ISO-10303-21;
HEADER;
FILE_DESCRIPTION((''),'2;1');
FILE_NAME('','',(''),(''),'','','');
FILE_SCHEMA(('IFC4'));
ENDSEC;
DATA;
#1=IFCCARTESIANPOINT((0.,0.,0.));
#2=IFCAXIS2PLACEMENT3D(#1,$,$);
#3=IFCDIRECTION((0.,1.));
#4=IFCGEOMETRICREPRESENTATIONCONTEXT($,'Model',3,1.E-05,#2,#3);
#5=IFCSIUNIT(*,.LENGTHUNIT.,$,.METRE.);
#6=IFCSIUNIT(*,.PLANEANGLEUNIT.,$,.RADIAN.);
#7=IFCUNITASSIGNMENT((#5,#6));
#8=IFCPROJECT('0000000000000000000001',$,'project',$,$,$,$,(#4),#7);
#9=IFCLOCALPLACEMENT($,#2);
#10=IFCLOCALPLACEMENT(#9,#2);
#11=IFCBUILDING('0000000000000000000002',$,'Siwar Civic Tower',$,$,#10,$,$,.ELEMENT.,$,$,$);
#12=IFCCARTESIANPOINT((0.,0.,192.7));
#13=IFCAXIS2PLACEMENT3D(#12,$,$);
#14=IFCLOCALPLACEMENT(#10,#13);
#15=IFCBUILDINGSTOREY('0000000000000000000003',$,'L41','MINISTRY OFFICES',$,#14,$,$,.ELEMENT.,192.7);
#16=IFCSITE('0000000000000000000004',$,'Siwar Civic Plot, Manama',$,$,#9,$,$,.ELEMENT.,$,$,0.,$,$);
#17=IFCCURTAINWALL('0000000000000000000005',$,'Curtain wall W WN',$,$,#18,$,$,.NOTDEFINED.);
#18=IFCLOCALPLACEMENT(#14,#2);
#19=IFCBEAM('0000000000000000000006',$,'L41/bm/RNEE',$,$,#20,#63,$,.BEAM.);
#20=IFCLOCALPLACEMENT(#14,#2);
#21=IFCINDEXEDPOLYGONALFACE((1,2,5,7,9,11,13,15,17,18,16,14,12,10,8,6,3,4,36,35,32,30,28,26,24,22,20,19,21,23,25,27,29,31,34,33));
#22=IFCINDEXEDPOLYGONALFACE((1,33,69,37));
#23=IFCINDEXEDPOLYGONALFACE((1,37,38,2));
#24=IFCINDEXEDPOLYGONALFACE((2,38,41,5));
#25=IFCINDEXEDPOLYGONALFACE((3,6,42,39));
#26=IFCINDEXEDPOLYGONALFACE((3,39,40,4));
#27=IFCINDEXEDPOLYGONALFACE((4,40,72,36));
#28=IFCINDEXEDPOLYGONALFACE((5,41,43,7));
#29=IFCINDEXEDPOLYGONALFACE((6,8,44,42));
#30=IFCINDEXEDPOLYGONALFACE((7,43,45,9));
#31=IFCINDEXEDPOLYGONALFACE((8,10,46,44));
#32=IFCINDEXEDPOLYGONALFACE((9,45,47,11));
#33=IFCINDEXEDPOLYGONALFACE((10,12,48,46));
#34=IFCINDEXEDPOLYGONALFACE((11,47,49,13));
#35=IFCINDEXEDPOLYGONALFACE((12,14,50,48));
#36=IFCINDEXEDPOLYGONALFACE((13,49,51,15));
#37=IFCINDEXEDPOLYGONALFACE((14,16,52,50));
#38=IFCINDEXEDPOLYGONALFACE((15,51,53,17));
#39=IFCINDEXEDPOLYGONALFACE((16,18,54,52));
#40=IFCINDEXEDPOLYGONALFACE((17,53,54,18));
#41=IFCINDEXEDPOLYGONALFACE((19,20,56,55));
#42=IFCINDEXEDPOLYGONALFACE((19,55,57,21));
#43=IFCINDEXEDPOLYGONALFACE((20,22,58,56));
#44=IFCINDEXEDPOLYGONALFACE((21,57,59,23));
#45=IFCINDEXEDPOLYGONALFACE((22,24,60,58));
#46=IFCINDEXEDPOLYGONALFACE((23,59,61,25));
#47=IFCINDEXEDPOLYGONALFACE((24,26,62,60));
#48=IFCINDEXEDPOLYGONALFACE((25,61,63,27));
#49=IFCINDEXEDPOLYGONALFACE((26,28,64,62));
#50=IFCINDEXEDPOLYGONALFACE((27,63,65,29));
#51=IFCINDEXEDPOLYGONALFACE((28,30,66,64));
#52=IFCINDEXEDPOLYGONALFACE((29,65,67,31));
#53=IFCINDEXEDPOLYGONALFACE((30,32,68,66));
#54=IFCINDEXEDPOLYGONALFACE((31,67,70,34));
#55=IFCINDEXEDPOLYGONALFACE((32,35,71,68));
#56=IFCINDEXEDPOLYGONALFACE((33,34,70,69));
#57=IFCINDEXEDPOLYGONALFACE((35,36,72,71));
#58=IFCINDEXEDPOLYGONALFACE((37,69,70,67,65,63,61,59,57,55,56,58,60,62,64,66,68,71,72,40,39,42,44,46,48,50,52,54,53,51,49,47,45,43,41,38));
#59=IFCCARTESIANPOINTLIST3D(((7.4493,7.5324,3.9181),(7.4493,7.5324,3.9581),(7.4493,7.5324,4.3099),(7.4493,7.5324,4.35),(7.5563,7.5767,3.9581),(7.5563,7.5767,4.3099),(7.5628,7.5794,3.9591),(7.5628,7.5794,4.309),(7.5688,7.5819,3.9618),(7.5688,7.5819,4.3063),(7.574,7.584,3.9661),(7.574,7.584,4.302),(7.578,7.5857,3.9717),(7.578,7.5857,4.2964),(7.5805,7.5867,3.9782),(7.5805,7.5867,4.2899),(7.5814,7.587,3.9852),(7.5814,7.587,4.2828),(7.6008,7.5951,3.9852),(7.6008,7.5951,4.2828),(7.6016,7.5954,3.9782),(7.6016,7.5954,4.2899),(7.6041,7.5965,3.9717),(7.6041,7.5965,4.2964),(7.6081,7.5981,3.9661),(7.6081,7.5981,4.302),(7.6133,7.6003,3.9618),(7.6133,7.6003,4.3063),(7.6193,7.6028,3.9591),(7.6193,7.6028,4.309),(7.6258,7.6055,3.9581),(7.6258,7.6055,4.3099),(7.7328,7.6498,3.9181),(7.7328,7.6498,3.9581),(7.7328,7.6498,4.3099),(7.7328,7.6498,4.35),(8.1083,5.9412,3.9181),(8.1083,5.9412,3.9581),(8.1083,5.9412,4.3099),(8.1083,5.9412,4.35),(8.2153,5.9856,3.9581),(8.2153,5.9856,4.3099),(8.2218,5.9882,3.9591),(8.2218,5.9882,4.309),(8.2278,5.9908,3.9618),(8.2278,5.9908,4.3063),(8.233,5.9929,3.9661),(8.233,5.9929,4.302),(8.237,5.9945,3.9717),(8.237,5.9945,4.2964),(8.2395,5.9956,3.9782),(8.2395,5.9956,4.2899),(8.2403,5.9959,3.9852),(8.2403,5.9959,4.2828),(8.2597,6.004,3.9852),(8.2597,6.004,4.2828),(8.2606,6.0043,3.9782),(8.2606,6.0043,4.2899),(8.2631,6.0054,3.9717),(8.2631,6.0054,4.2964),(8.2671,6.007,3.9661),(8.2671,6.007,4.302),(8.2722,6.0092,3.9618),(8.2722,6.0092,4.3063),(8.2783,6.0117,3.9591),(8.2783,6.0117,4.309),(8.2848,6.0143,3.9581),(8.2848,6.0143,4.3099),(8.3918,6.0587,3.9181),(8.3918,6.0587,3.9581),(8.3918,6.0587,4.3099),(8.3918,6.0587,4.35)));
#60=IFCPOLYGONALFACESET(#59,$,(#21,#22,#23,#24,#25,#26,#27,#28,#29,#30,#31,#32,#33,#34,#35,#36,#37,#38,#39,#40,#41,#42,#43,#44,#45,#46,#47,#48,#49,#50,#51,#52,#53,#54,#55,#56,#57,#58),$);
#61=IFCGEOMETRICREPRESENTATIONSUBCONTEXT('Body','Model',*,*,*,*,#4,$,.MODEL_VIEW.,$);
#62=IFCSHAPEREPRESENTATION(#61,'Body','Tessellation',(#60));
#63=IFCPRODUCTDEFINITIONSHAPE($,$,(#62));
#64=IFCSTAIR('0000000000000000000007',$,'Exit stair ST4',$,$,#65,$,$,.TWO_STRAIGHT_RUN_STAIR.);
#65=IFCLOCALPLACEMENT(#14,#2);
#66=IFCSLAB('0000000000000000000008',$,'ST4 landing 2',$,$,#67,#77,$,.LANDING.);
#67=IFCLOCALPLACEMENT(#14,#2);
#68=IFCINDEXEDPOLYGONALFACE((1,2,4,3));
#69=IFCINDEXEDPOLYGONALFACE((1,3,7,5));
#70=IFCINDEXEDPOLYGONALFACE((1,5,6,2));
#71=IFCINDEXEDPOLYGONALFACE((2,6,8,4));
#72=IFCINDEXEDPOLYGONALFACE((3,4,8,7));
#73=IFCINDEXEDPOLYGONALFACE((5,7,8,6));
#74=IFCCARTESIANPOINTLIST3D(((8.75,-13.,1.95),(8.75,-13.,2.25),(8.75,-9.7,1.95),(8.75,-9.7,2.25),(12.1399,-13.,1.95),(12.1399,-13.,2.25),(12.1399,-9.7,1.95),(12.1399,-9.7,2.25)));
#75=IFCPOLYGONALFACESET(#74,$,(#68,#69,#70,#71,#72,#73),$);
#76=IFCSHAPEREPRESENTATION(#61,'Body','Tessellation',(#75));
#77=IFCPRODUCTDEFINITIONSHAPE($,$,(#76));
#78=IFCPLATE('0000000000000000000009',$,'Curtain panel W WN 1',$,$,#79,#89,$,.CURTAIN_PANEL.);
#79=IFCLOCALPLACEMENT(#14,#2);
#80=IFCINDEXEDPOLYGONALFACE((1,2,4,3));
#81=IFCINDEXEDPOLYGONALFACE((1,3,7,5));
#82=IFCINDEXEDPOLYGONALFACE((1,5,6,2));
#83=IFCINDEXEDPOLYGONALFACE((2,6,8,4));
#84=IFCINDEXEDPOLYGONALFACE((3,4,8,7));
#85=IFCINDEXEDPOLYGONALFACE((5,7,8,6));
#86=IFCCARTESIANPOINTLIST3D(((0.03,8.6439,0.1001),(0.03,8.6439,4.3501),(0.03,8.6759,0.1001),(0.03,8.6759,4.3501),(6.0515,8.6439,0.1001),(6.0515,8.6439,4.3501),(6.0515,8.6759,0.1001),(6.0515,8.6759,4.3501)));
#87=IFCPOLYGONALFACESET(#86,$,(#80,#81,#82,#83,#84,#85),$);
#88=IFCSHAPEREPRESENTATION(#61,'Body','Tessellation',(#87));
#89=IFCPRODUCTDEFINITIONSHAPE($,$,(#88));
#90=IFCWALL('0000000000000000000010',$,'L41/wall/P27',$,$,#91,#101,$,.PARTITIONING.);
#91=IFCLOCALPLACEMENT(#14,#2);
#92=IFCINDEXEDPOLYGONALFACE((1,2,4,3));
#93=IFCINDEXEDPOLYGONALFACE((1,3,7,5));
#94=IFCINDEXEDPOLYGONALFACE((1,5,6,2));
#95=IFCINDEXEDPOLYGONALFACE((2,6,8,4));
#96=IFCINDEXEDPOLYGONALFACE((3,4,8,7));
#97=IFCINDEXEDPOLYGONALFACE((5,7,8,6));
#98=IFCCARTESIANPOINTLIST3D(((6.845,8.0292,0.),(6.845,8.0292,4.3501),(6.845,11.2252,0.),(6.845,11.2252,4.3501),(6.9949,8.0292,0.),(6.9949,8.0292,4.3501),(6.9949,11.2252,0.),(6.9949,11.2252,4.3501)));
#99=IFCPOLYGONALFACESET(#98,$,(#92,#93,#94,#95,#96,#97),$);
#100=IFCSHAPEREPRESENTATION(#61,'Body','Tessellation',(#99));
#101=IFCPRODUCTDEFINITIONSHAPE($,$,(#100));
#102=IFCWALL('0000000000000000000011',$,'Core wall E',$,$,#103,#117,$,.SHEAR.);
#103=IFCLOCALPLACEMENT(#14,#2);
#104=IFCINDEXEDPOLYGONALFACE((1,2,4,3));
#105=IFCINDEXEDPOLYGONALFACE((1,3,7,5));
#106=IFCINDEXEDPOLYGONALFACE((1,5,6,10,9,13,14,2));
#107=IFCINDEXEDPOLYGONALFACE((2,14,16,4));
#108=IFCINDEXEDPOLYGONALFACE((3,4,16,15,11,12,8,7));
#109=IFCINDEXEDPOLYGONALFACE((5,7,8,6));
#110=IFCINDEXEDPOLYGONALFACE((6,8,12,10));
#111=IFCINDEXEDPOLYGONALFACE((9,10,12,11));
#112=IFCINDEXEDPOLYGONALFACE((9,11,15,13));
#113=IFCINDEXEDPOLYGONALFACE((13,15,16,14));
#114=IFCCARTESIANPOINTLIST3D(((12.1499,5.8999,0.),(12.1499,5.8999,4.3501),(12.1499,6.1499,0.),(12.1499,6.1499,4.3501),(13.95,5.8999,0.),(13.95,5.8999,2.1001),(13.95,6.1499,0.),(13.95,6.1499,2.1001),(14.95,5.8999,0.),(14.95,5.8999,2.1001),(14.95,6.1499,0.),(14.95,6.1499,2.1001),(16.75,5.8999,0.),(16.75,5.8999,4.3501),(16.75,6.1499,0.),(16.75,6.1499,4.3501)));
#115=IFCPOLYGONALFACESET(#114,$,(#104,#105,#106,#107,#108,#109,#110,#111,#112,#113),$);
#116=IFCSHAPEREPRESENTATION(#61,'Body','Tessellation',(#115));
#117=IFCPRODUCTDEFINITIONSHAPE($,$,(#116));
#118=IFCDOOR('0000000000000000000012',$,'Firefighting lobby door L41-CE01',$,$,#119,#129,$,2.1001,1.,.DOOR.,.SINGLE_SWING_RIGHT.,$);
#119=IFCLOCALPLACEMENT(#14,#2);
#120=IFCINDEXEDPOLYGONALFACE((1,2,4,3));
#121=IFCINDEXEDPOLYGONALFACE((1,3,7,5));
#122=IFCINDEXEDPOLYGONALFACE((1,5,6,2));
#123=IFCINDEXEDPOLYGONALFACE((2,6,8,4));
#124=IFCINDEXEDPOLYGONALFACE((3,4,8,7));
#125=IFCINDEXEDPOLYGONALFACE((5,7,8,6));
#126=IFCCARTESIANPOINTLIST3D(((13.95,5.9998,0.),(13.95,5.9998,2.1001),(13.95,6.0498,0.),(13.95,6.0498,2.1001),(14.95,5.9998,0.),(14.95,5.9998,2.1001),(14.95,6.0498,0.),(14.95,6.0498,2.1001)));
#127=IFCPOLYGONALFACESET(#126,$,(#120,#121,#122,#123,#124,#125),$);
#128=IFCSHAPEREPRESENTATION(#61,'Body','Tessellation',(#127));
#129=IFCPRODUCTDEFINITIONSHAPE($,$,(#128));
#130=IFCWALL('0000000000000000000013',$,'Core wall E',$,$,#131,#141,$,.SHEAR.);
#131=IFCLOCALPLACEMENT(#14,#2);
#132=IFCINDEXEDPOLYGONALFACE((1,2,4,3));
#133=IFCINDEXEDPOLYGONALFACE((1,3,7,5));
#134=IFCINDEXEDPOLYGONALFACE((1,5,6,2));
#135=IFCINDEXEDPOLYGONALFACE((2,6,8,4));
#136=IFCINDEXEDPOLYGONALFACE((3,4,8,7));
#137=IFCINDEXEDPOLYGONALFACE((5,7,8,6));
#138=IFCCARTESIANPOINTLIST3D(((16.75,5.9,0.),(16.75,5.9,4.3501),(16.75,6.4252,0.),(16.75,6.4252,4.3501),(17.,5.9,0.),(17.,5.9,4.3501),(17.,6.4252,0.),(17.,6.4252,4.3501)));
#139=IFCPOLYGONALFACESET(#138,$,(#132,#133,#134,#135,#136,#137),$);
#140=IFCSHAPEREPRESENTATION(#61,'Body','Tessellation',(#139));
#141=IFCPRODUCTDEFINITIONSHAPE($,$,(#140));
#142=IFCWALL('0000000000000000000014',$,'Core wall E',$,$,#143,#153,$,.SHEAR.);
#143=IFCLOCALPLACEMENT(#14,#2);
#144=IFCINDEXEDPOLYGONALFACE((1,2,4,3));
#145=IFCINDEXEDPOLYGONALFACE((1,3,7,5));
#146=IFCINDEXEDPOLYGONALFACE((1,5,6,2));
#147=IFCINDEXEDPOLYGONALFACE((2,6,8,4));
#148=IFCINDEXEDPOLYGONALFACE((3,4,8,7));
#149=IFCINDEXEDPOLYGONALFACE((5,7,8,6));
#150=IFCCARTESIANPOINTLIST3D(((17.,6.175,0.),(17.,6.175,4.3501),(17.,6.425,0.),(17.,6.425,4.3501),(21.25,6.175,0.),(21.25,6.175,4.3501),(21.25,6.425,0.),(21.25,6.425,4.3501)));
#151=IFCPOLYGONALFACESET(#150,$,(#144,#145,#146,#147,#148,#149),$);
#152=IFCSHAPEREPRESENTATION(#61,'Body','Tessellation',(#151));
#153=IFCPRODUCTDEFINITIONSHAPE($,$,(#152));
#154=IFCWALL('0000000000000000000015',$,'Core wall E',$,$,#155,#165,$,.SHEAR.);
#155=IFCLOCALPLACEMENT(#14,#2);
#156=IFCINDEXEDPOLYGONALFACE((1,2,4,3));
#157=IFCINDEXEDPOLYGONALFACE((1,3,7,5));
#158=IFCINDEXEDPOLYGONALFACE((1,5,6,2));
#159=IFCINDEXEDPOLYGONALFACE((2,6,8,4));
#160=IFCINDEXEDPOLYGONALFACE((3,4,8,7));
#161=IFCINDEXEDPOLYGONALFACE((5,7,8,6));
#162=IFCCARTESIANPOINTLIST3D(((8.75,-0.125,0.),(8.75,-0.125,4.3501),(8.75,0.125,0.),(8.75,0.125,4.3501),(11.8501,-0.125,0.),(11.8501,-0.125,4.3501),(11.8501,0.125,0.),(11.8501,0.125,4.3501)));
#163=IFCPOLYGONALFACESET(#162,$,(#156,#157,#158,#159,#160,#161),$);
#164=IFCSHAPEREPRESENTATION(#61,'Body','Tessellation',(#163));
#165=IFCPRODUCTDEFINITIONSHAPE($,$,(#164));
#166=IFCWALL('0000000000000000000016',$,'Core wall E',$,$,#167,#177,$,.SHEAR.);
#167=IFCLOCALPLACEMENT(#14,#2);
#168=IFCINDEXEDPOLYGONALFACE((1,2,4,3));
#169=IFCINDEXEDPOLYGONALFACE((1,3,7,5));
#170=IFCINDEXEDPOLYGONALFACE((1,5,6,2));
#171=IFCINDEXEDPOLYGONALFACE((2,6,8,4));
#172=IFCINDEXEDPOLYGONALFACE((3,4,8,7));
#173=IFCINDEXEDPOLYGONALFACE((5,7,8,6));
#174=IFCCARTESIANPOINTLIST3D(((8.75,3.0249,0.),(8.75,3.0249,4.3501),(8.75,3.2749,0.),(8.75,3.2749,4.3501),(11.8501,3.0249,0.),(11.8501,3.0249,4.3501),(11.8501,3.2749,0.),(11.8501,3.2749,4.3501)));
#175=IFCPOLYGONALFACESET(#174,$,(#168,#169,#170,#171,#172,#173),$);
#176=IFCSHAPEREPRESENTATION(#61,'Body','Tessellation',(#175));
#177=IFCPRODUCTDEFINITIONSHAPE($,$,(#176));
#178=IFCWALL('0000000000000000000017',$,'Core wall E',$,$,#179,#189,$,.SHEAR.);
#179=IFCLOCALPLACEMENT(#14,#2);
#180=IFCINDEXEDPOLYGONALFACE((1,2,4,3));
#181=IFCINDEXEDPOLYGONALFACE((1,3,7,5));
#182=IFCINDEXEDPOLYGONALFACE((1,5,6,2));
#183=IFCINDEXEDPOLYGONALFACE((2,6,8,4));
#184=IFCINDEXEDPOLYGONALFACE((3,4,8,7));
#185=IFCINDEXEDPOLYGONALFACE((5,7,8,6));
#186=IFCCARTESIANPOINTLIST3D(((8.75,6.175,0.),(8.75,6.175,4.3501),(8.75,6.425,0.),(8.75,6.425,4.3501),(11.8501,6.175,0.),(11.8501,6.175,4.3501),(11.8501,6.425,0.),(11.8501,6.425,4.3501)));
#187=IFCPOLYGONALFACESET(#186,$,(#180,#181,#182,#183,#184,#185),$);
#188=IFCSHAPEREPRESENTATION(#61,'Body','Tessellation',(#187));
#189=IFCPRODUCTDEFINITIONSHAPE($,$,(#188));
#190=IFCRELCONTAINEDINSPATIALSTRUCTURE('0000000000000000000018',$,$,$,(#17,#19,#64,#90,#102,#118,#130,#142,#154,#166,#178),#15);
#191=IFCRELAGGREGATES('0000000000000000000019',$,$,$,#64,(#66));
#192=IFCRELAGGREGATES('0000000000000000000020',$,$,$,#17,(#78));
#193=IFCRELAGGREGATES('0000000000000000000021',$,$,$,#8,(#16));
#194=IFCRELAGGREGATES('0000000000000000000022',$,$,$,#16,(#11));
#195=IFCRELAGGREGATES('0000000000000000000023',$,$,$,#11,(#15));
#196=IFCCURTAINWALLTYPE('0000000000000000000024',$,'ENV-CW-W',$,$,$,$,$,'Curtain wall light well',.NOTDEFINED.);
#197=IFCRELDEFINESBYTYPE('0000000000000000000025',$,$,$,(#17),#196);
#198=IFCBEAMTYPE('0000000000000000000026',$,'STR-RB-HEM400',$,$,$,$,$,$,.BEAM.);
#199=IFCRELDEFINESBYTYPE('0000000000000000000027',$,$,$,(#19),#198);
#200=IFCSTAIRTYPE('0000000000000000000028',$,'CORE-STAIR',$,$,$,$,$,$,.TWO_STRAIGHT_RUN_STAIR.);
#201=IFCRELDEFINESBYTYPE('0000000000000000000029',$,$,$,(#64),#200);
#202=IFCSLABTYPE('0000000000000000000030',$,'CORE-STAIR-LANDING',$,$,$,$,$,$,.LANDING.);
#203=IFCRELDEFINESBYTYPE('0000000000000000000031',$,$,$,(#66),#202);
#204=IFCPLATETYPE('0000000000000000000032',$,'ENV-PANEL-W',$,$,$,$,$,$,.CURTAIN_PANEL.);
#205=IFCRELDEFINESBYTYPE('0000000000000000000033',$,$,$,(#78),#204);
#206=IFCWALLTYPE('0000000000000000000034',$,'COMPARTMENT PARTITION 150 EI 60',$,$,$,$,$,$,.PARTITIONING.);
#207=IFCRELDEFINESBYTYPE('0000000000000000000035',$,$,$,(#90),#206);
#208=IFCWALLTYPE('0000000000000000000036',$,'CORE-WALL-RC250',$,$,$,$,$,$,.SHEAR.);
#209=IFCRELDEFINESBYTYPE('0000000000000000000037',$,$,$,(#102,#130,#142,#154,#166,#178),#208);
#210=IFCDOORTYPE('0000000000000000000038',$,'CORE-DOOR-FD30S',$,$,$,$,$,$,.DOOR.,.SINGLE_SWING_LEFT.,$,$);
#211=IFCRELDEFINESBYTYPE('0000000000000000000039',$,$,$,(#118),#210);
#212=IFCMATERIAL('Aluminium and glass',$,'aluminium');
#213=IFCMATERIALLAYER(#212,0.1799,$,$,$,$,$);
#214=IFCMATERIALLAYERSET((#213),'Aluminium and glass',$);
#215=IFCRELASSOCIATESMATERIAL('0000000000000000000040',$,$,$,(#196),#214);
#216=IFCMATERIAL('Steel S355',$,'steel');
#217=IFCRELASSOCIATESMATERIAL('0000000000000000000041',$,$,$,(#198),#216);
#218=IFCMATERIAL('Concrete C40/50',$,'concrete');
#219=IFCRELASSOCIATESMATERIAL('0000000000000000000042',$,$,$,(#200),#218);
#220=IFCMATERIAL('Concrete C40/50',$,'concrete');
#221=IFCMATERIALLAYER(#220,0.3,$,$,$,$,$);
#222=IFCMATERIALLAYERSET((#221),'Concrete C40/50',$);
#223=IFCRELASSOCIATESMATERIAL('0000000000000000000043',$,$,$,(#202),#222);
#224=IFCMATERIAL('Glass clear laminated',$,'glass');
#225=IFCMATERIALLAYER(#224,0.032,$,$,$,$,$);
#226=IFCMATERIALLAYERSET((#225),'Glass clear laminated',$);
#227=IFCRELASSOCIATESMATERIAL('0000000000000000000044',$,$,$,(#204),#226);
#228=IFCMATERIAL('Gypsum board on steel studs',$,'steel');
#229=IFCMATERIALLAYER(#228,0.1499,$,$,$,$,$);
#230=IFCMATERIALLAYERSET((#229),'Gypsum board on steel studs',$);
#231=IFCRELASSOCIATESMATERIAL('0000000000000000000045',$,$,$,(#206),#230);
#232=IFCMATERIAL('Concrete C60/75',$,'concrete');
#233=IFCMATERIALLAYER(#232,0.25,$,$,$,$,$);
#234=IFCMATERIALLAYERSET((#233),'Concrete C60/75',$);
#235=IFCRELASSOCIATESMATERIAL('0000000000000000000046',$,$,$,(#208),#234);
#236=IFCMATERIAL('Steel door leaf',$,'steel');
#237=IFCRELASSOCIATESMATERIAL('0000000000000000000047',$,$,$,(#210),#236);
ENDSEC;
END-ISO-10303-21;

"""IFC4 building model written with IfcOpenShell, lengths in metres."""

from ifc_helpers import new_model, si_unit, direction, frame, frame_2d, origin, origin_2d, place, context, subcontext, project, spatial, polyline, rectangle, i_section, outline, extrude, material, layer, layer_set, material_profile, profile_set, type_object, element, fill, aggregate, save


model = new_model("IFC4")

# Units and contexts
model_context = context("Model", 3, precision=1e-05, world=origin(), true_north=direction((0.0, 1.0)))
body_context = subcontext(model_context, "Body", "Model", "MODEL_VIEW")
ifc_project = project(units=[si_unit("LENGTHUNIT", "METRE"), si_unit("PLANEANGLEUNIT", "RADIAN")], contexts=[model_context])

# Site, building, storey
site_placement = place(None, origin())
site = spatial("IfcSite", under=ifc_project, at=site_placement, Name="Siwar Civic Plot, Manama", CompositionType="ELEMENT", RefElevation=0.0)
building_placement = place(site_placement, origin())
building = spatial("IfcBuilding", under=site, at=building_placement, Name="Siwar Civic Tower", CompositionType="ELEMENT")
storey_placement = place(building_placement, frame((0.0, 0.0, 192.7)))
storey = spatial("IfcBuildingStorey", under=building, at=storey_placement, Name="L41", Description="MINISTRY OFFICES", CompositionType="ELEMENT", Elevation=192.7)

# Curtain wall
ifc_material_1 = material(Name="Aluminium and glass", Category="aluminium")
ifc_layer_1 = layer(ifc_material_1, 0.1799)
ifc_layer_set_1 = layer_set([ifc_layer_1], Name="Aluminium and glass")
curtain_wall_type = type_object("IfcCurtainWallType", Name="ENV-CW-W", ElementType="Curtain wall light well", PredefinedType="NOTDEFINED", material=ifc_layer_set_1)
curtain_wall_placement = place(storey_placement, origin())
curtain_wall = element("IfcCurtainWall", 1, at=curtain_wall_placement, inside=storey, type_object=curtain_wall_type, Name="Curtain wall W WN", PredefinedType="NOTDEFINED")

# Beam
ifc_material_2 = material(Name="Steel S355", Category="steel")
ifc_material_profile_1 = material_profile(ifc_material_2, i_section(OverallWidth=0.3069, OverallDepth=0.4319, WebThickness=0.021, FlangeThickness=0.04, FilletRadius=0.0271, at=origin_2d()), Name="HEM400")
ifc_profile_set_1 = profile_set([ifc_material_profile_1], Name="Steel S355")
beam_type_1 = type_object("IfcBeamType", Name="STR-RB-HEM400", PredefinedType="BEAM", material=ifc_profile_set_1)
for number, where, z_axis, x_axis, name in (
    (2, (7.5911, 7.5911, 4.134), (0.382631, -0.923901, 0.0), (0.923901, 0.382631, 0.0), "L41/bm/RNEE"),
):
    element("IfcBeam", number, at=place(storey_placement, frame(where, z_axis=z_axis, x_axis=x_axis)), inside=storey, type_object=beam_type_1, Name=name, PredefinedType="BEAM", context=body_context, shape_type="SweptSolid", body=[
        extrude(i_section(OverallWidth=0.3069, OverallDepth=0.4319, WebThickness=0.021, FlangeThickness=0.04, FilletRadius=0.0271, at=origin_2d()), origin(), (0.0, 0.0, 1.0), 1.7222),
    ])

# Stair, slab
ifc_material_3 = material(Name="Concrete C40/50", Category="concrete")
stair_type = type_object("IfcStairType", Name="CORE-STAIR", PredefinedType="TWO_STRAIGHT_RUN_STAIR", material=ifc_material_3)
stair_placement = place(storey_placement, origin())
stair = element("IfcStair", 3, at=stair_placement, inside=storey, type_object=stair_type, Name="Exit stair ST4", PredefinedType="TWO_STRAIGHT_RUN_STAIR")
ifc_material_4 = material(Name="Concrete C40/50", Category="concrete")
ifc_layer_2 = layer(ifc_material_4, 0.3)
ifc_layer_set_2 = layer_set([ifc_layer_2], Name="Concrete C40/50")
slab_type = type_object("IfcSlabType", Name="CORE-STAIR-LANDING", PredefinedType="LANDING", material=ifc_layer_set_2)
slab_placement = place(storey_placement, frame((0.0, 0.0, 1.95)))
slab = element("IfcSlab", 4, at=slab_placement, type_object=slab_type, Name="ST4 landing 2", PredefinedType="LANDING", context=body_context, shape_type="SweptSolid", body=[
    extrude(outline(polyline([(8.75, -13.0), (12.1399, -13.0), (12.1399, -9.7), (8.75, -9.7), (8.75, -13.0)])), origin(), (0.0, 0.0, 1.0), 0.3),
])
aggregate(stair, [slab])

# Plate
ifc_material_5 = material(Name="Glass clear laminated", Category="glass")
ifc_layer_3 = layer(ifc_material_5, 0.032)
ifc_layer_set_3 = layer_set([ifc_layer_3], Name="Glass clear laminated")
plate_type = type_object("IfcPlateType", Name="ENV-PANEL-W", PredefinedType="CURTAIN_PANEL", material=ifc_layer_set_3)
plate_placement = place(storey_placement, frame((3.0408, 8.6599, 0.1001), z_axis=(0.0, 0.0, 1.0), x_axis=(-1.0, 0.0, 0.0)))
plate = element("IfcPlate", 5, at=plate_placement, type_object=plate_type, Name="Curtain panel W WN 1", PredefinedType="CURTAIN_PANEL", context=body_context, shape_type="SweptSolid", body=[
    extrude(rectangle(XDim=6.0215, YDim=0.032, at=origin_2d()), origin(), (0.0, 0.0, 1.0), 4.25),
])
aggregate(curtain_wall, [plate])

# Wall
ifc_material_6 = material(Name="Gypsum board on steel studs", Category="steel")
ifc_layer_4 = layer(ifc_material_6, 0.1499)
ifc_layer_set_4 = layer_set([ifc_layer_4], Name="Gypsum board on steel studs")
wall_type_1 = type_object("IfcWallType", Name="COMPARTMENT PARTITION 150 EI 60", PredefinedType="PARTITIONING", material=ifc_layer_set_4)
wall_1_placement = place(storey_placement, frame((6.9199, 8.0291, 0.0), z_axis=(0.0, 0.0, 1.0), x_axis=(0.0, 1.0, 0.0)))
element("IfcWall", 6, at=wall_1_placement, inside=storey, type_object=wall_type_1, Name="L41/wall/P27", PredefinedType="PARTITIONING", context=body_context, shape_type="SweptSolid", body=[
    extrude(rectangle(XDim=3.196, YDim=0.1499, at=frame_2d((1.5981, 0.0))), origin(), (0.0, 0.0, 1.0), 4.3501),
])

# Wall, opening, door
ifc_material_7 = material(Name="Concrete C60/75", Category="concrete")
ifc_layer_5 = layer(ifc_material_7, 0.25)
ifc_layer_set_5 = layer_set([ifc_layer_5], Name="Concrete C60/75")
wall_type_2 = type_object("IfcWallType", Name="CORE-WALL-RC250", PredefinedType="SHEAR", material=ifc_layer_set_5)
wall_2_placement = place(storey_placement, frame((12.1499, 6.0249, 0.0), z_axis=(0.0, 0.0, 1.0), x_axis=(1.0, 0.0, 0.0)))
wall_2 = element("IfcWall", 7, at=wall_2_placement, inside=storey, type_object=wall_type_2, Name="Core wall E", PredefinedType="SHEAR", context=body_context, shape_type="SweptSolid", body=[
    extrude(rectangle(XDim=4.6001, YDim=0.25, at=frame_2d((2.3, 0.0))), origin(), (0.0, 0.0, 1.0), 4.3501),
])
opening_1_placement = place(wall_2_placement, frame((1.8, 0.0, 0.0)))
opening_1 = element("IfcOpeningElement", 8, at=opening_1_placement, cuts=wall_2, PredefinedType="OPENING", context=body_context, shape_type="SweptSolid", body=[
    extrude(rectangle(XDim=1.0, YDim=2.1001, at=frame_2d((0.5, 1.05))), frame((0.0, 0.135, 0.0), z_axis=(0.0, -1.0, 0.0), x_axis=(1.0, 0.0, 0.0)), (0.0, 0.0, 1.0), 0.27),
])
ifc_material_8 = material(Name="Steel door leaf", Category="steel")
door_type_1 = type_object("IfcDoorType", Name="CORE-DOOR-FD30S", OperationType="SINGLE_SWING_LEFT", PredefinedType="DOOR", material=ifc_material_8)
door_1_placement = place(opening_1_placement, origin())
door_1 = element("IfcDoor", 9, at=door_1_placement, inside=storey, type_object=door_type_1, Name="Firefighting lobby door L41-CE01", OperationType="SINGLE_SWING_RIGHT", OverallHeight=2.1001, OverallWidth=1.0, PredefinedType="DOOR", context=body_context, shape_type="SweptSolid", body=[
    extrude(rectangle(XDim=1.0, YDim=2.1001, at=frame_2d((0.5, 1.05))), frame((0.0, 0.0249, 0.0), z_axis=(0.0, -1.0, 0.0), x_axis=(1.0, 0.0, 0.0)), (0.0, 0.0, 1.0), 0.05),
])
fill(opening_1, door_1)

# Walls
wall_3_placement = place(storey_placement, frame((16.875, 5.8999, 0.0), z_axis=(0.0, 0.0, 1.0), x_axis=(0.0, 1.0, 0.0)))
element("IfcWall", 10, at=wall_3_placement, inside=storey, type_object=wall_type_2, Name="Core wall E", PredefinedType="SHEAR", context=body_context, shape_type="SweptSolid", body=[
    extrude(rectangle(XDim=0.5251, YDim=0.25, at=frame_2d((0.2627, 0.0))), origin(), (0.0, 0.0, 1.0), 4.3501),
])
wall_4_placement = place(storey_placement, frame((17.0, 6.3, 0.0), z_axis=(0.0, 0.0, 1.0), x_axis=(1.0, 0.0, 0.0)))
element("IfcWall", 11, at=wall_4_placement, inside=storey, type_object=wall_type_2, Name="Core wall E", PredefinedType="SHEAR", context=body_context, shape_type="SweptSolid", body=[
    extrude(rectangle(XDim=4.25, YDim=0.25, at=frame_2d((2.125, 0.0))), origin(), (0.0, 0.0, 1.0), 4.3501),
])
for number, where, z_axis, x_axis, name in (
    (12, (8.75, 0.0, 0.0), (0.0, 0.0, 1.0), (1.0, 0.0, 0.0), "Core wall E"),
    (13, (8.75, 3.1499, 0.0), (0.0, 0.0, 1.0), (1.0, 0.0, 0.0), "Core wall E"),
    (14, (8.75, 6.3, 0.0), (0.0, 0.0, 1.0), (1.0, 0.0, 0.0), "Core wall E"),
):
    element("IfcWall", number, at=place(storey_placement, frame(where, z_axis=z_axis, x_axis=x_axis)), inside=storey, type_object=wall_type_2, Name=name, PredefinedType="SHEAR", context=body_context, shape_type="SweptSolid", body=[
        extrude(rectangle(XDim=3.1001, YDim=0.25, at=frame_2d((1.55, 0.0))), origin(), (0.0, 0.0, 1.0), 4.3501),
    ])

save(model, "model.ifc")
